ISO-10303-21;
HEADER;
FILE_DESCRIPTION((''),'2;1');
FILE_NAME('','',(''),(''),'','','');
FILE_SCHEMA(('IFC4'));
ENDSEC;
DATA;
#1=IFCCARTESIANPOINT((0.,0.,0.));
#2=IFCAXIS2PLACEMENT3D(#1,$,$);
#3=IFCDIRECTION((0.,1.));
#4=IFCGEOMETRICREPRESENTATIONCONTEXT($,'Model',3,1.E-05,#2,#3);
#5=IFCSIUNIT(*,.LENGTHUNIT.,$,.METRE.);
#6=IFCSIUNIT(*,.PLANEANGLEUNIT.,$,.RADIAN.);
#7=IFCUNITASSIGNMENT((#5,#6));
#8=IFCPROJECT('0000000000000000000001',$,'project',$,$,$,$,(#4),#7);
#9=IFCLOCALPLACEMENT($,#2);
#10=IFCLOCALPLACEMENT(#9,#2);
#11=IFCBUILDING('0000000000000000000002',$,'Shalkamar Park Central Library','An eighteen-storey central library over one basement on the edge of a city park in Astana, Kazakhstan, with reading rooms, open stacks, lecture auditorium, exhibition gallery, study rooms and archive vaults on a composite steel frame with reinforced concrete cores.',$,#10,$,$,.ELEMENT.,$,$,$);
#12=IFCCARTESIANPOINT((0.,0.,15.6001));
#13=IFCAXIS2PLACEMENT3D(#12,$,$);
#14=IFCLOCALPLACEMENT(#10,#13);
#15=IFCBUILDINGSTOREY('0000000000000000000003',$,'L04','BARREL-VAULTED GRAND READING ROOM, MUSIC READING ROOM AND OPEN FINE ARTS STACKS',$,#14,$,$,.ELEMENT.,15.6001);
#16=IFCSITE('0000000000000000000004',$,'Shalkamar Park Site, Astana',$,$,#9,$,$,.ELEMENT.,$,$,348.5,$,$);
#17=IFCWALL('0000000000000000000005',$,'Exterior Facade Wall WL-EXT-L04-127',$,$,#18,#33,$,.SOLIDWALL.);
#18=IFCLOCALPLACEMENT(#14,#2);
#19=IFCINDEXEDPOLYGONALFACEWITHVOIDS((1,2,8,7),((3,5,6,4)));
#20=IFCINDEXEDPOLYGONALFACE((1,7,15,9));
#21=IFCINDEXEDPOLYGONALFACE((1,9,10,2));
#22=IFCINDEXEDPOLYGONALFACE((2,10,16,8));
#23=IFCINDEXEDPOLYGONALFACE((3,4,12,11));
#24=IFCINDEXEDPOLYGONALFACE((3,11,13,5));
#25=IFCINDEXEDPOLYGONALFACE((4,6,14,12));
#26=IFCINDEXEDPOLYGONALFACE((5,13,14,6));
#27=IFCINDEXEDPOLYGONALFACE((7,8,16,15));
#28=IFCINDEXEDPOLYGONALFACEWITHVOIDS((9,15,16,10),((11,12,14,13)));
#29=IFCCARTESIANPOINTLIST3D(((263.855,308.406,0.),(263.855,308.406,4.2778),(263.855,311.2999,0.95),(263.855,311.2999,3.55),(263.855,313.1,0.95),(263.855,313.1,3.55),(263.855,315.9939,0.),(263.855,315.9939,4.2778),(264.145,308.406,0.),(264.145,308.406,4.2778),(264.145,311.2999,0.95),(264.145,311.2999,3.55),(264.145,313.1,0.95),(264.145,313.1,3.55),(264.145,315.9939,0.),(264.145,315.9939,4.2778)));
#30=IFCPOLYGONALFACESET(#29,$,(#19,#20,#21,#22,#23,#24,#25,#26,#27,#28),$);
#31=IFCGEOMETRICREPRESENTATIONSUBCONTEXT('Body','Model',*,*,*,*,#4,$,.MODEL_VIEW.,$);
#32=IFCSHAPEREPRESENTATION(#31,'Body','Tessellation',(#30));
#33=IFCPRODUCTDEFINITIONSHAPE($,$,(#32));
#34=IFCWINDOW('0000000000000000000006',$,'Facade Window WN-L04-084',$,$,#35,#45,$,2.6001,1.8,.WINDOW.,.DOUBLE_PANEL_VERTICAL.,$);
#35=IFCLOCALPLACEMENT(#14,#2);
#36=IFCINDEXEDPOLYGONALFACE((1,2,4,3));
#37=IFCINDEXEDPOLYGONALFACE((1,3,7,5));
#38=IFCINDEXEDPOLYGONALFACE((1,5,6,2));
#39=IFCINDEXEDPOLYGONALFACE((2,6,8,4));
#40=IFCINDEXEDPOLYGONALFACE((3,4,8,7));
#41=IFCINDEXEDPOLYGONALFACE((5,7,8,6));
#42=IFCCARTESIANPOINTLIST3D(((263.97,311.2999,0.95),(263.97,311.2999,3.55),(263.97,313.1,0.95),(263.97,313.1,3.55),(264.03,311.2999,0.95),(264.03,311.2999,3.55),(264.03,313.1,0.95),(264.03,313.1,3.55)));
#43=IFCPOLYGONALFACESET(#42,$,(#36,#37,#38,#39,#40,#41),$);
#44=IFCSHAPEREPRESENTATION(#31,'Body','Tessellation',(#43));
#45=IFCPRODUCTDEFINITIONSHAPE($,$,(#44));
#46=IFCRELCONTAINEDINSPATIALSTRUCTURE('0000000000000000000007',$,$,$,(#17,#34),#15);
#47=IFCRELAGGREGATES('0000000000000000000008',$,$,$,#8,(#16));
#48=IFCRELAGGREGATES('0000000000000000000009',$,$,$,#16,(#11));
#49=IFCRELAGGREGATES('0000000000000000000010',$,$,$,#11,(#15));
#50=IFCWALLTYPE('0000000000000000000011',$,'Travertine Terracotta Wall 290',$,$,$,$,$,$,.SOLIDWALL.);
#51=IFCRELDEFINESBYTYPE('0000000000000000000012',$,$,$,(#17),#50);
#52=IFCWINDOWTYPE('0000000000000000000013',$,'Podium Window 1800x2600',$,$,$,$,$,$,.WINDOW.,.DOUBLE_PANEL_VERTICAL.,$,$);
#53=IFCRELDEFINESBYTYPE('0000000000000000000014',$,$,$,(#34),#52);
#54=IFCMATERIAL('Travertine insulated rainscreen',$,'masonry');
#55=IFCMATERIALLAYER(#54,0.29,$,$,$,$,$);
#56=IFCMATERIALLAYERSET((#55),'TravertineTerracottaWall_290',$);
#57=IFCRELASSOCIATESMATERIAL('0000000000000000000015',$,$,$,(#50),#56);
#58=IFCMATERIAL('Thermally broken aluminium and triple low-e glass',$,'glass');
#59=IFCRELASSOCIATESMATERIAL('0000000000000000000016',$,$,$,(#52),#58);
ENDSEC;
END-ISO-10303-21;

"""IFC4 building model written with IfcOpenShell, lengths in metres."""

from ifc_helpers import new_model, si_unit, direction, frame, frame_2d, origin, place, context, subcontext, project, spatial, rectangle, extrude, material, layer, layer_set, type_object, element, fill, save


model = new_model("IFC4")

# Units and contexts
model_context = context("Model", 3, precision=1e-05, world=origin(), true_north=direction((0.0, 1.0)))
body_context = subcontext(model_context, "Body", "Model", "MODEL_VIEW")
ifc_project = project(units=[si_unit("LENGTHUNIT", "METRE"), si_unit("PLANEANGLEUNIT", "RADIAN")], contexts=[model_context])

# Site, building, storey
site_placement = place(None, origin())
site = spatial("IfcSite", under=ifc_project, at=site_placement, Name="Shalkamar Park Site, Astana", CompositionType="ELEMENT", RefElevation=348.5)
building_placement = place(site_placement, origin())
building = spatial("IfcBuilding", under=site, at=building_placement, Name="Shalkamar Park Central Library", Description="An eighteen-storey central library over one basement on the edge of a city park in Astana, Kazakhstan, with reading rooms, open stacks, lecture auditorium, exhibition gallery, study rooms and archive vaults on a composite steel frame with reinforced concrete cores.", CompositionType="ELEMENT")
storey_placement = place(building_placement, frame((0.0, 0.0, 15.6001)))
storey = spatial("IfcBuildingStorey", under=building, at=storey_placement, Name="L04", Description="BARREL-VAULTED GRAND READING ROOM, MUSIC READING ROOM AND OPEN FINE ARTS STACKS", CompositionType="ELEMENT", Elevation=15.6001)

# Wall, opening, window
ifc_material_1 = material(Name="Travertine insulated rainscreen", Category="masonry")
ifc_layer_1 = layer(ifc_material_1, 0.29)
ifc_layer_set_1 = layer_set([ifc_layer_1], Name="TravertineTerracottaWall_290")
wall_type = type_object("IfcWallType", Name="Travertine Terracotta Wall 290", PredefinedType="SOLIDWALL", material=ifc_layer_set_1)
wall_placement = place(storey_placement, frame((264.0, 308.406, 0.0), z_axis=(0.0, 0.0, 1.0), x_axis=(0.0, 1.0, 0.0)))
wall = element("IfcWall", 1, at=wall_placement, inside=storey, type_object=wall_type, Name="Exterior Facade Wall WL-EXT-L04-127", PredefinedType="SOLIDWALL", context=body_context, shape_type="SweptSolid", body=[
    extrude(rectangle(XDim=7.5879, YDim=0.29, at=frame_2d((3.7939, 0.0))), origin(), (0.0, 0.0, 1.0), 4.2778),
])
opening_placement = place(wall_placement, frame((2.894, 0.0, 0.95)))
opening = element("IfcOpeningElement", 2, at=opening_placement, cuts=wall, PredefinedType="OPENING", context=body_context, shape_type="SweptSolid", body=[
    extrude(rectangle(XDim=1.8, YDim=2.6001, at=frame_2d((0.8999, 1.3))), frame((0.0, 0.1599, 0.0), z_axis=(0.0, -1.0, 0.0), x_axis=(1.0, 0.0, 0.0)), (0.0, 0.0, 1.0), 0.3198),
])
ifc_material_2 = material(Name="Thermally broken aluminium and triple low-e glass", Category="glass")
window_type = type_object("IfcWindowType", Name="Podium Window 1800x2600", PartitioningType="DOUBLE_PANEL_VERTICAL", PredefinedType="WINDOW", material=ifc_material_2)
window_placement = place(opening_placement, origin())
window = element("IfcWindow", 3, at=window_placement, inside=storey, type_object=window_type, Name="Facade Window WN-L04-084", OverallHeight=2.6001, OverallWidth=1.8, PartitioningType="DOUBLE_PANEL_VERTICAL", PredefinedType="WINDOW", context=body_context, shape_type="SweptSolid", body=[
    extrude(rectangle(XDim=1.8, YDim=2.6001, at=frame_2d((0.8999, 1.3))), frame((0.0, 0.03, 0.0), z_axis=(0.0, -1.0, 0.0), x_axis=(1.0, 0.0, 0.0)), (0.0, 0.0, 1.0), 0.0601),
])
fill(opening, window)

save(model, "model.ifc")
